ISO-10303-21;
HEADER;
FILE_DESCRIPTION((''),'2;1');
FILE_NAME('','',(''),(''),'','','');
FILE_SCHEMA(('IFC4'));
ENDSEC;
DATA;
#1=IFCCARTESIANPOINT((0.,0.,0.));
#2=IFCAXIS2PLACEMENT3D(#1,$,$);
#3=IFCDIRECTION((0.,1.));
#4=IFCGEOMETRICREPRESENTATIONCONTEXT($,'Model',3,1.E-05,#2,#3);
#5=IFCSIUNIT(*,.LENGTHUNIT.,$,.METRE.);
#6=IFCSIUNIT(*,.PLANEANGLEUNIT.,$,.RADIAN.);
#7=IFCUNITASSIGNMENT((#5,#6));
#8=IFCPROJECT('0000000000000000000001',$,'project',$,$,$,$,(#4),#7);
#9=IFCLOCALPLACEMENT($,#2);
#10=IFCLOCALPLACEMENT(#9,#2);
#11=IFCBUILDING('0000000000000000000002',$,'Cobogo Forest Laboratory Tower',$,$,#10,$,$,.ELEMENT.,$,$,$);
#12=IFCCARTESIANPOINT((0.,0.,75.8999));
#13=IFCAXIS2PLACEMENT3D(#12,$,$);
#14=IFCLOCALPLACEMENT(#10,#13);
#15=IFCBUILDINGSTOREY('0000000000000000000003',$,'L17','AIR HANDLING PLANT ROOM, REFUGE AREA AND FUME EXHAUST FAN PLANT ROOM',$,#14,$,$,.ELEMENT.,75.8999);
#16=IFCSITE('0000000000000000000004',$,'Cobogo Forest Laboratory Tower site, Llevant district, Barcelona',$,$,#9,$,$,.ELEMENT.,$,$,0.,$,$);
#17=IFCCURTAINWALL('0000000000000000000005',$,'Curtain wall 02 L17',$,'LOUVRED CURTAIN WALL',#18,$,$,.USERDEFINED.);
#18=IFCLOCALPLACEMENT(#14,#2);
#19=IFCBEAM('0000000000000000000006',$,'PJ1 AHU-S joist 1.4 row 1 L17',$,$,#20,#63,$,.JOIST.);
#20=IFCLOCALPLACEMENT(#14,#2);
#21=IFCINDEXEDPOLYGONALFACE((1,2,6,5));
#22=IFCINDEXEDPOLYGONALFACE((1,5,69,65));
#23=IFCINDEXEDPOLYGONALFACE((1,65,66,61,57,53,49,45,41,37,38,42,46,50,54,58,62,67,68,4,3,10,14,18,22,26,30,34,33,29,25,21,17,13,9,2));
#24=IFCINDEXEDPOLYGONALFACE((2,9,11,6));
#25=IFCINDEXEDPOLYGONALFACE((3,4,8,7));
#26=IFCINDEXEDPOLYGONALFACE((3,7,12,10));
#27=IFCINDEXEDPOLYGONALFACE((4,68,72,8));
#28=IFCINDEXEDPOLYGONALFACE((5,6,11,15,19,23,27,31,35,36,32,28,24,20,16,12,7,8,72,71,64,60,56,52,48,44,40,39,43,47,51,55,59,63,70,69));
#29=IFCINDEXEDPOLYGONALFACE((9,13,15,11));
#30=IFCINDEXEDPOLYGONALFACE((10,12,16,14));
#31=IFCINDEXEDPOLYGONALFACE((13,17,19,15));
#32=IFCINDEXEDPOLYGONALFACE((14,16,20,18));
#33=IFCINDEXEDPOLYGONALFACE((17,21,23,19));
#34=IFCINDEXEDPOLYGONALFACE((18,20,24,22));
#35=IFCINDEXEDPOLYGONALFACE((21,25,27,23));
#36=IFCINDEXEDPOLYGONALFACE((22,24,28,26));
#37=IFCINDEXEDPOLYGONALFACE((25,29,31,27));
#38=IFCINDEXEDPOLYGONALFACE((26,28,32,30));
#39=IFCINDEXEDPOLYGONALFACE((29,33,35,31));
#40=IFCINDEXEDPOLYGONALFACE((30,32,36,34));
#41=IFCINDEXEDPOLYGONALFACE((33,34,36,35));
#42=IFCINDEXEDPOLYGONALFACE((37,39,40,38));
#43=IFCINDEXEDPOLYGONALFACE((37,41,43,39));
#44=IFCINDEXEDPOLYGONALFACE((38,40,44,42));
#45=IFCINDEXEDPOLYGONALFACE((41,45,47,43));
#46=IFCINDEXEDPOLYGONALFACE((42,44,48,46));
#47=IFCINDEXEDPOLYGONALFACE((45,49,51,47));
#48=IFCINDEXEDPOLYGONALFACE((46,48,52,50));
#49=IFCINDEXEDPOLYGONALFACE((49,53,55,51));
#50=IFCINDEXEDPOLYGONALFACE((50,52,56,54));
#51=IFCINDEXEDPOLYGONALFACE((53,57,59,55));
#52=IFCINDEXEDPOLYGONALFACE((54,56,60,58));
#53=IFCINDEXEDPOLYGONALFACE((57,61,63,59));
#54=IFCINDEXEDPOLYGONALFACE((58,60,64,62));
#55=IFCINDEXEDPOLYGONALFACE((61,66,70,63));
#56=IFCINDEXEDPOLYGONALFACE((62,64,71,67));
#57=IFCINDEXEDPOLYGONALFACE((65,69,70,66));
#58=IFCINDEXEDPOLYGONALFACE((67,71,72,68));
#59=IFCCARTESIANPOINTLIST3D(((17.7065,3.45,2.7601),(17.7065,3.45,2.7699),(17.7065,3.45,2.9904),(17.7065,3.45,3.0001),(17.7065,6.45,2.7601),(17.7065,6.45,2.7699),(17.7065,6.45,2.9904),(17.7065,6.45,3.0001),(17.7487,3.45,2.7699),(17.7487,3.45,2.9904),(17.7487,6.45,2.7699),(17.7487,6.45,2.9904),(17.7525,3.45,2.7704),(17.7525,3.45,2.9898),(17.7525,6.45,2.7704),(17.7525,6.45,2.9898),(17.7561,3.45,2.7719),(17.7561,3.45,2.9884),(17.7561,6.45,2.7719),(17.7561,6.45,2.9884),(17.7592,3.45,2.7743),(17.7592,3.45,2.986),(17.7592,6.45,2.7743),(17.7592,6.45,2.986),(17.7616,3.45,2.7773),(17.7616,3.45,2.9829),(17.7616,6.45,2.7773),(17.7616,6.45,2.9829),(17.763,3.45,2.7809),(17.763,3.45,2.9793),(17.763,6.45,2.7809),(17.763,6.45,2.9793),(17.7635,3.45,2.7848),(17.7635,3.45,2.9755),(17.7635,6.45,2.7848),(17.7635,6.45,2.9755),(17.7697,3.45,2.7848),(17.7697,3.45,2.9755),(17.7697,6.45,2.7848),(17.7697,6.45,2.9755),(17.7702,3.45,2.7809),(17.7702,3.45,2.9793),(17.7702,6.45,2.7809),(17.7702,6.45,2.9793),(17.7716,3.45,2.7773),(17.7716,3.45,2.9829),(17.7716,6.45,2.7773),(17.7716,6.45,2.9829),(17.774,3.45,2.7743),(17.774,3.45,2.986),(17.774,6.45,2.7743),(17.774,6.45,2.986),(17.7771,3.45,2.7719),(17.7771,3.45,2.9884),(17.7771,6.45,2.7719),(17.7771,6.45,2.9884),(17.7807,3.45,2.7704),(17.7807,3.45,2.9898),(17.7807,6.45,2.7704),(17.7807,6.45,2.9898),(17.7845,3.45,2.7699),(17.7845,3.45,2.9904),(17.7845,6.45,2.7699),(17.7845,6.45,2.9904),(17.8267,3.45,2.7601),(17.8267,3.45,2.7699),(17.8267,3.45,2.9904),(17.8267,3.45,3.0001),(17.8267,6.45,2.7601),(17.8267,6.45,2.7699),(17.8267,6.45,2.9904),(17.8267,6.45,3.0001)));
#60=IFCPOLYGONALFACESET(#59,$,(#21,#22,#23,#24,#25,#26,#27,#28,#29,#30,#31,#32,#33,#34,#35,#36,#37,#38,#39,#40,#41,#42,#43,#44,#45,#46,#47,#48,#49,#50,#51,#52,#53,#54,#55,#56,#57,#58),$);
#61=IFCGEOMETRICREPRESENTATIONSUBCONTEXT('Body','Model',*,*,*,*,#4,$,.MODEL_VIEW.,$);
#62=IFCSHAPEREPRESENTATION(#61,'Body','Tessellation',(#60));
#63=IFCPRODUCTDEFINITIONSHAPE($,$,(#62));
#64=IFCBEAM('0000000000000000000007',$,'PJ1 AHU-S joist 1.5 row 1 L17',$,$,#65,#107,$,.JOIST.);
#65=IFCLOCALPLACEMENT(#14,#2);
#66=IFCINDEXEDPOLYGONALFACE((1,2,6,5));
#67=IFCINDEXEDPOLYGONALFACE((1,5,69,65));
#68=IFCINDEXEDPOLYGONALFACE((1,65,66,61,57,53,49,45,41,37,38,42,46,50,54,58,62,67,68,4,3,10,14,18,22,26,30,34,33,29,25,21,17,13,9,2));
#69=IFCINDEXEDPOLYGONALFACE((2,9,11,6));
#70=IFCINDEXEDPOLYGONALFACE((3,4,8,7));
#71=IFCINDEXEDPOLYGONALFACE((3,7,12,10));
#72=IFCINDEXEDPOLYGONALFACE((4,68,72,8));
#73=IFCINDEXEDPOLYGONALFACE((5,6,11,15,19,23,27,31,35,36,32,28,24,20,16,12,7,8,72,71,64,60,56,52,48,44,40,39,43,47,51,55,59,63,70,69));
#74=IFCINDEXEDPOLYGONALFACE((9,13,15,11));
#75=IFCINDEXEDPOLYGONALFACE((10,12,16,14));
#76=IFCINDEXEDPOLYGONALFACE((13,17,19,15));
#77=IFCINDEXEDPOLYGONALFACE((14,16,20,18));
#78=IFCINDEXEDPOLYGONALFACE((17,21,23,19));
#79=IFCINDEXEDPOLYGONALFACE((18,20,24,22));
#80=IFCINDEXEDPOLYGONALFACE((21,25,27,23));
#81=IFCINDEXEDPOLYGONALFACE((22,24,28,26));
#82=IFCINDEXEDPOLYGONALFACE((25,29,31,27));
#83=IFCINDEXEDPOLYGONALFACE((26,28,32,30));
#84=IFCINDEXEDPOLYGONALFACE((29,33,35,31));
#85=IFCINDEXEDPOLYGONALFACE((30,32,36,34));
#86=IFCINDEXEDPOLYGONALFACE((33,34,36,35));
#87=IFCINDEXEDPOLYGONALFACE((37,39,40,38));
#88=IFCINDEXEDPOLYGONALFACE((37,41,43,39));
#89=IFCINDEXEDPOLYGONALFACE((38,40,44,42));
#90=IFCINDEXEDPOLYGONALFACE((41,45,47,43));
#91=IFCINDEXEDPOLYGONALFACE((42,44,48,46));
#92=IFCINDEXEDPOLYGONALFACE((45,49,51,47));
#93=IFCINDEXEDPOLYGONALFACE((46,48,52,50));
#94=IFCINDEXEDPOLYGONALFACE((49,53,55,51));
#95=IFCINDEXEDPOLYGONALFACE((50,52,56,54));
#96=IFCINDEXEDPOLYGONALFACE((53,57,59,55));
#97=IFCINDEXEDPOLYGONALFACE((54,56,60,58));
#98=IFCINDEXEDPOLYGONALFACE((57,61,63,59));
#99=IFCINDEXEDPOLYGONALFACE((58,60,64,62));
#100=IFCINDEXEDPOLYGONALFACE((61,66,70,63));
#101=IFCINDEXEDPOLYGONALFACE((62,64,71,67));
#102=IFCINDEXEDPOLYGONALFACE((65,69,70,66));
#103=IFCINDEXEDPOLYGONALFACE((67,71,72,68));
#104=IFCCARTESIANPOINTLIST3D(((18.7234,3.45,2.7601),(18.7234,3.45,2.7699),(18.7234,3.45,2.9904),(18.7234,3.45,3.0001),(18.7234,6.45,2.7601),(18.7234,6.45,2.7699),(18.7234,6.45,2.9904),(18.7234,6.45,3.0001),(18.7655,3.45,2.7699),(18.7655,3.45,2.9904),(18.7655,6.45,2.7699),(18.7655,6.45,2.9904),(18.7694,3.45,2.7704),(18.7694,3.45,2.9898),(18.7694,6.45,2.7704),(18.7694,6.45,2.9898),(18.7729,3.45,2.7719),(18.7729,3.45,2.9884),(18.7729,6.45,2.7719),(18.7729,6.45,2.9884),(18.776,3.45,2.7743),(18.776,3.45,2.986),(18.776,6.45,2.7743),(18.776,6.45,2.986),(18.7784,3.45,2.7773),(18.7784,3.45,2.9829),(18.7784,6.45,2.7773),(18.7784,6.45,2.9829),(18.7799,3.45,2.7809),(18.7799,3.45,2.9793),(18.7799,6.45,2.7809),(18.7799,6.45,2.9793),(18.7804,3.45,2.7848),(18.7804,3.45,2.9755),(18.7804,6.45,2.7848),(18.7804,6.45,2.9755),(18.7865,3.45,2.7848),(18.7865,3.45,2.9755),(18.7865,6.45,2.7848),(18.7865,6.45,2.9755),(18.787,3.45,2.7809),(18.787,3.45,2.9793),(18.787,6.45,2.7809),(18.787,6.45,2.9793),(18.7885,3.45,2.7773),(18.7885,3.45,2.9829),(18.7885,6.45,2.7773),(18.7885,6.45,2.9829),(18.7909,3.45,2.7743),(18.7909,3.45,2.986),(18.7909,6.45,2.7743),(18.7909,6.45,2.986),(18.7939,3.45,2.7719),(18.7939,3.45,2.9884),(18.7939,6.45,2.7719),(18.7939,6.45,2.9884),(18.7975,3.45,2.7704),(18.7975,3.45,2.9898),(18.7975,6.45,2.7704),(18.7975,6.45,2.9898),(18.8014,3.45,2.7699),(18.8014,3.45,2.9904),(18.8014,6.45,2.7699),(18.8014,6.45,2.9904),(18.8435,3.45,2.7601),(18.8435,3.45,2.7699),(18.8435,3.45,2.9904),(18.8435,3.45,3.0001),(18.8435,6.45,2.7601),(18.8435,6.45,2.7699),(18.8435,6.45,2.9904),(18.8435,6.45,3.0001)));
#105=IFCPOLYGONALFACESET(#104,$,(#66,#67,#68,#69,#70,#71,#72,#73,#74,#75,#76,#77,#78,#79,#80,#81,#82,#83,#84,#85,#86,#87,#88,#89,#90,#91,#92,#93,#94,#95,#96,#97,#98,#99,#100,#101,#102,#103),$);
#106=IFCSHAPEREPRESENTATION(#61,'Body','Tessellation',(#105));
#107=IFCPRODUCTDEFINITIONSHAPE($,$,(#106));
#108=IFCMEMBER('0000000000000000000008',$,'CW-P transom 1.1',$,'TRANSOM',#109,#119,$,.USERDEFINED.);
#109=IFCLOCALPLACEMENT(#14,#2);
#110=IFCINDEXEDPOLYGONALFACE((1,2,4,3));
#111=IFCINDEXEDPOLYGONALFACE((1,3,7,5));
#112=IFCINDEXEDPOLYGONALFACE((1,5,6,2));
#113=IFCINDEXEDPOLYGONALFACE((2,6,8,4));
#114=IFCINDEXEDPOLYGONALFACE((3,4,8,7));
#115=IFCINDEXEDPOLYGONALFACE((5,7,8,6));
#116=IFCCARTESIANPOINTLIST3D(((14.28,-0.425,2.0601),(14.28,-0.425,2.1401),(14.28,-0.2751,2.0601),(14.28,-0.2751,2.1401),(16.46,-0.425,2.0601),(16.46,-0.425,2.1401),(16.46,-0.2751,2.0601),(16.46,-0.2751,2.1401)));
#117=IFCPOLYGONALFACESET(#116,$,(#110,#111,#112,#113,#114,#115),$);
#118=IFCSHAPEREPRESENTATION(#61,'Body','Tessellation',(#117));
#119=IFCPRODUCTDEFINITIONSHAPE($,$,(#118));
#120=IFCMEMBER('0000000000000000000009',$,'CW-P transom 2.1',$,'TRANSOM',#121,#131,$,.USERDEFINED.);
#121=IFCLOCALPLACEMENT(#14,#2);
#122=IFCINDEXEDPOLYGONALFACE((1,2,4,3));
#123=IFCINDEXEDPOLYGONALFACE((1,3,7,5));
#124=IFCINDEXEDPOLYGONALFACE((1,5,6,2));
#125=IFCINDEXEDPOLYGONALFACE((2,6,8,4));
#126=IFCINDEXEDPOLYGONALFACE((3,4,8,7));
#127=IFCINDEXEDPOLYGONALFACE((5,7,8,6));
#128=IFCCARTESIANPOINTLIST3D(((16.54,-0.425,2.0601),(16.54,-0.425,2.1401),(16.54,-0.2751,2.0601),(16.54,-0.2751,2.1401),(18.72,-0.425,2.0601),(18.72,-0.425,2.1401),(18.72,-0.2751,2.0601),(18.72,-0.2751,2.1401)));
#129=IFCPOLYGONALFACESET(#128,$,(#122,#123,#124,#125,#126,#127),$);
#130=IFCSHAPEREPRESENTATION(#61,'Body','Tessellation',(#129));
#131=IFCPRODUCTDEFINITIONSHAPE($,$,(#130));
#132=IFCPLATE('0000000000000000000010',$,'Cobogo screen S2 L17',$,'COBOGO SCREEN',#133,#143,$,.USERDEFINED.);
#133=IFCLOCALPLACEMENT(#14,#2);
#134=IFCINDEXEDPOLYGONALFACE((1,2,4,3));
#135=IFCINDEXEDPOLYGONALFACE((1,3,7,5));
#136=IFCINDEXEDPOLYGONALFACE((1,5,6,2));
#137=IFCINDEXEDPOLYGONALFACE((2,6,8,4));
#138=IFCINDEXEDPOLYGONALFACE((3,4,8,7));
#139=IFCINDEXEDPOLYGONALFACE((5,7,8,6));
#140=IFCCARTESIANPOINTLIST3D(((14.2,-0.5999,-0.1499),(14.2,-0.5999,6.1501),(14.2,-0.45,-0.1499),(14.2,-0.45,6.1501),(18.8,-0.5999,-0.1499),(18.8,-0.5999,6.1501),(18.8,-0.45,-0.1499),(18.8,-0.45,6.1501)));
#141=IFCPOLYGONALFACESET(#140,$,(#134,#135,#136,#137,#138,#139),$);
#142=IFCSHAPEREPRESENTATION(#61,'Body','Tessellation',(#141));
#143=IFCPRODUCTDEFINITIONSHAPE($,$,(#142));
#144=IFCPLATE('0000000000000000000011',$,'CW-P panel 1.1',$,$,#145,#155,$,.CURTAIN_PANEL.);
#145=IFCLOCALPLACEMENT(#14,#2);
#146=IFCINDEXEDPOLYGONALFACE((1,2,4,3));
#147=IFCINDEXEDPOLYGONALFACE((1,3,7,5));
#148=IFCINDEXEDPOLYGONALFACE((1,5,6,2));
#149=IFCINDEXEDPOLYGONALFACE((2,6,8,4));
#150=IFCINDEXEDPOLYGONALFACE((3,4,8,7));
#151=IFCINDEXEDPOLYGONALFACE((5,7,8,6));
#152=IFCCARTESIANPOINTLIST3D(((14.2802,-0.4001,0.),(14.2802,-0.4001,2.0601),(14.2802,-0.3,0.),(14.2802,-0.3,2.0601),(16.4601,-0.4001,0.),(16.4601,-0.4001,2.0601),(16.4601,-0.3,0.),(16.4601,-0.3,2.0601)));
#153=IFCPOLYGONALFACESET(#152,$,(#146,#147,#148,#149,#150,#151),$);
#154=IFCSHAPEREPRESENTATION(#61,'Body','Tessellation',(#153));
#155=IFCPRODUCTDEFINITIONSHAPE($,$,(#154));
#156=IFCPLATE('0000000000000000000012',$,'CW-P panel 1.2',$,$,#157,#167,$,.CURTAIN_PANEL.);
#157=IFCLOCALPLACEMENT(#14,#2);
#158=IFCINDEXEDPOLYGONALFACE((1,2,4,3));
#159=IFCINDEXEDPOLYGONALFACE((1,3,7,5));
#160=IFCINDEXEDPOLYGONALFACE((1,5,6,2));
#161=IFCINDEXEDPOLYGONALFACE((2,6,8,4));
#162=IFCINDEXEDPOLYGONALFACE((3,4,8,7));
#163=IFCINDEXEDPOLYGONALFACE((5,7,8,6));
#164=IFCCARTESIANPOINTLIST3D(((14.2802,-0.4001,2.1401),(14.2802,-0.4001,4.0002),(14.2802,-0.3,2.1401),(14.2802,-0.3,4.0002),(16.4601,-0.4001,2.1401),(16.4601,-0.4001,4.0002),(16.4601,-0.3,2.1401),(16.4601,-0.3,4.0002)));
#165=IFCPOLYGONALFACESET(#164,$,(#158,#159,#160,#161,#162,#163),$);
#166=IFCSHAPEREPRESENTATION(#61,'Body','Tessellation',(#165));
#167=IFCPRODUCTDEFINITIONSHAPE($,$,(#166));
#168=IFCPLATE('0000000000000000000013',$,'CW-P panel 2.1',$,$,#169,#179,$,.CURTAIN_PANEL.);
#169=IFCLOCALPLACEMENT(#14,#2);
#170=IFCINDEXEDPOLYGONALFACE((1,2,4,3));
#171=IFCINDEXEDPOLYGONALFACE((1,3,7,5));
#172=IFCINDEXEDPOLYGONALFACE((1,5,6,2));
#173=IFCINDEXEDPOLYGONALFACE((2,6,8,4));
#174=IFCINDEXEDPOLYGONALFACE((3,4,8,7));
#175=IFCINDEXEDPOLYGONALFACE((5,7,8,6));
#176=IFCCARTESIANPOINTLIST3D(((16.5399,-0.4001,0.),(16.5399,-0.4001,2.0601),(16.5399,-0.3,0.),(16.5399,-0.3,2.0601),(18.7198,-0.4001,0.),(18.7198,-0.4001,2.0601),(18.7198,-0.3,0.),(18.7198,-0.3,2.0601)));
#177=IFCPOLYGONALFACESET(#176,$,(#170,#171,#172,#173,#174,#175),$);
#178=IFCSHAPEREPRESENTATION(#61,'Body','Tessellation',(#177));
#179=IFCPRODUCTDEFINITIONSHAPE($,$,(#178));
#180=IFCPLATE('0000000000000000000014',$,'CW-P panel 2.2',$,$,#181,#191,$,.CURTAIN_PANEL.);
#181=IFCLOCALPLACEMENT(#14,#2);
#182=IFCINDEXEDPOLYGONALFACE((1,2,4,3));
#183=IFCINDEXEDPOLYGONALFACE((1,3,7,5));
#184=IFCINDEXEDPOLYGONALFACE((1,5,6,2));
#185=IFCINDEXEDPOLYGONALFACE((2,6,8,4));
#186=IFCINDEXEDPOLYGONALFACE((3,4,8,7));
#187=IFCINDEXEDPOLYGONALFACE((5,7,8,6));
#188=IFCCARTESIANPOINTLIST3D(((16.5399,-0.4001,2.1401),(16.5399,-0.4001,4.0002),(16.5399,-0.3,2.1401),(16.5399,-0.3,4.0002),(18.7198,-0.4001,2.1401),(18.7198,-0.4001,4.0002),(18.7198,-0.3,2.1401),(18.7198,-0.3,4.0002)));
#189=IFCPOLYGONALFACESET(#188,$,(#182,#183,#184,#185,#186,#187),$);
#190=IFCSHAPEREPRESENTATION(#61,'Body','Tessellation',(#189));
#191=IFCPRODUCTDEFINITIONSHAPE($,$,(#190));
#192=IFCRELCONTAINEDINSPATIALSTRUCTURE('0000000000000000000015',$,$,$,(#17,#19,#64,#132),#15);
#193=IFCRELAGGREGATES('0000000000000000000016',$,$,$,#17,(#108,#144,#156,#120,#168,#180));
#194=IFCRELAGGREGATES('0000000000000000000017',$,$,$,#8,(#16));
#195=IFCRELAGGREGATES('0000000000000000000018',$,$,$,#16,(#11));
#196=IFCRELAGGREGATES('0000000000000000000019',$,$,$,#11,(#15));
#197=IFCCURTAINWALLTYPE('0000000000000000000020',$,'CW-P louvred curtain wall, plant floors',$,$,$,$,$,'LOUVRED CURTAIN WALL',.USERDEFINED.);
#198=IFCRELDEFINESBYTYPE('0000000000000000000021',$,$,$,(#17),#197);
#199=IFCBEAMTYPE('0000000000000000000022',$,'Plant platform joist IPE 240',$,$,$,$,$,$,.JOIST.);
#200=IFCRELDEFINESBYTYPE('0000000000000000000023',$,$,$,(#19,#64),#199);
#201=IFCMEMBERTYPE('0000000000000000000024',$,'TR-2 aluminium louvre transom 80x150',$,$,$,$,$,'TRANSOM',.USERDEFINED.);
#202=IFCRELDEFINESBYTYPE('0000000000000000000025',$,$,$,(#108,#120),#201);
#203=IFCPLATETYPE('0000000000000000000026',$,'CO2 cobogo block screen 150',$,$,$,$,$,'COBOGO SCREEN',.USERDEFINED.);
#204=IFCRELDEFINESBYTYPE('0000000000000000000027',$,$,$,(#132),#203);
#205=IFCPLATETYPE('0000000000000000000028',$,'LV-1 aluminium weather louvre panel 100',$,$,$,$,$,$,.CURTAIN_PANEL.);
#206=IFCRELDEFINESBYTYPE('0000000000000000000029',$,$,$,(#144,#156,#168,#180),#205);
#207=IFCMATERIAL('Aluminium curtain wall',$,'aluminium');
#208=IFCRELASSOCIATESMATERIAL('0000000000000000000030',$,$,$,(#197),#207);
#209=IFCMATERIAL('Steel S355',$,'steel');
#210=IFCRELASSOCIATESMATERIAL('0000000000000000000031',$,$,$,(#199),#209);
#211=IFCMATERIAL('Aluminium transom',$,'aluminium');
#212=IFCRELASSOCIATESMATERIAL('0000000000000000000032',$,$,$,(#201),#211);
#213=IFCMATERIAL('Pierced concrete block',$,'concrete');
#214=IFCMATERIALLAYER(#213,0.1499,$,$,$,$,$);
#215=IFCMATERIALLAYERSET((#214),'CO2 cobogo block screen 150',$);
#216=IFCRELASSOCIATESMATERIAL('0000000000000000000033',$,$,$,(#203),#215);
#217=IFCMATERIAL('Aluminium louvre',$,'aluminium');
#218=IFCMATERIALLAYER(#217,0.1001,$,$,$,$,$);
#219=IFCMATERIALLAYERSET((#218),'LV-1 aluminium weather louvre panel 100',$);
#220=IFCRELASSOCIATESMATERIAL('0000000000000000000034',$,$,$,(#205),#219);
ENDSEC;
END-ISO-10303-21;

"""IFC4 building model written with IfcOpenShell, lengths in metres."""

from ifc_helpers import new_model, si_unit, direction, frame, origin, origin_2d, place, context, subcontext, project, spatial, rectangle, i_section, extrude, material, layer, layer_set, material_profile, profile_set, type_object, element, aggregate, save


model = new_model("IFC4")

# Units and contexts
model_context = context("Model", 3, precision=1e-05, world=origin(), true_north=direction((0.0, 1.0)))
body_context = subcontext(model_context, "Body", "Model", "MODEL_VIEW")
ifc_project = project(units=[si_unit("LENGTHUNIT", "METRE"), si_unit("PLANEANGLEUNIT", "RADIAN")], contexts=[model_context])

# Site, building, storey
site_placement = place(None, origin())
site = spatial("IfcSite", under=ifc_project, at=site_placement, Name="Cobogo Forest Laboratory Tower site, Llevant district, Barcelona", CompositionType="ELEMENT", RefElevation=0.0)
building_placement = place(site_placement, origin())
building = spatial("IfcBuilding", under=site, at=building_placement, Name="Cobogo Forest Laboratory Tower", CompositionType="ELEMENT")
storey_placement = place(building_placement, frame((0.0, 0.0, 75.8999)))
storey = spatial("IfcBuildingStorey", under=building, at=storey_placement, Name="L17", Description="AIR HANDLING PLANT ROOM, REFUGE AREA AND FUME EXHAUST FAN PLANT ROOM", CompositionType="ELEMENT", Elevation=75.8999)

# Curtain wall
ifc_material_1 = material(Name="Aluminium curtain wall", Category="aluminium")
curtain_wall_type = type_object("IfcCurtainWallType", Name="CW-P louvred curtain wall, plant floors", ElementType="LOUVRED CURTAIN WALL", PredefinedType="USERDEFINED", material=ifc_material_1)
curtain_wall_placement = place(storey_placement, origin())
curtain_wall = element("IfcCurtainWall", 1, at=curtain_wall_placement, inside=storey, type_object=curtain_wall_type, Name="Curtain wall 02 L17", ObjectType="LOUVRED CURTAIN WALL", PredefinedType="USERDEFINED")

# Beams
ifc_material_2 = material(Name="Steel S355", Category="steel")
ifc_material_profile_1 = material_profile(ifc_material_2, i_section(OverallWidth=0.1201, OverallDepth=0.24, WebThickness=0.0061, FlangeThickness=0.0098, FilletRadius=0.0149, at=origin_2d()), Name="IPE 240")
ifc_profile_set_1 = profile_set([ifc_material_profile_1], Name="Steel S355")
beam_type_1 = type_object("IfcBeamType", Name="Plant platform joist IPE 240", PredefinedType="JOIST", material=ifc_profile_set_1)
for number, where, z_axis, x_axis, name in (
    (2, (17.7666, 3.45, 2.8801), (0.0, 1.0, 0.0), (-1.0, 0.0, 0.0), "PJ1 AHU-S joist 1.4 row 1 L17"),
    (3, (18.7834, 3.45, 2.8801), (0.0, 1.0, 0.0), (-1.0, 0.0, 0.0), "PJ1 AHU-S joist 1.5 row 1 L17"),
):
    element("IfcBeam", number, at=place(storey_placement, frame(where, z_axis=z_axis, x_axis=x_axis)), inside=storey, type_object=beam_type_1, Name=name, PredefinedType="JOIST", context=body_context, shape_type="SweptSolid", body=[
        extrude(i_section(OverallWidth=0.1201, OverallDepth=0.24, WebThickness=0.0061, FlangeThickness=0.0098, FilletRadius=0.0149, at=origin_2d()), origin(), (0.0, 0.0, 1.0), 3.0),
    ])

# Members
ifc_material_3 = material(Name="Aluminium transom", Category="aluminium")
ifc_material_profile_2 = material_profile(ifc_material_3, rectangle(XDim=0.1499, YDim=0.0801, at=origin_2d()), Name="AL 80x150")
ifc_profile_set_2 = profile_set([ifc_material_profile_2], Name="Aluminium transom")
member_type_1 = type_object("IfcMemberType", Name="TR-2 aluminium louvre transom 80x150", ElementType="TRANSOM", PredefinedType="USERDEFINED", material=ifc_profile_set_2)
member_1_placement = place(storey_placement, frame((14.28, -0.3501, 2.1001), z_axis=(1.0, 0.0, 0.0), x_axis=(0.0, 1.0, 0.0)))
member_1 = element("IfcMember", 4, at=member_1_placement, type_object=member_type_1, Name="CW-P transom 1.1", ObjectType="TRANSOM", PredefinedType="USERDEFINED", context=body_context, shape_type="SweptSolid", body=[
    extrude(rectangle(XDim=0.1499, YDim=0.0801, at=origin_2d()), origin(), (0.0, 0.0, 1.0), 2.1799),
])
member_2_placement = place(storey_placement, frame((16.54, -0.3501, 2.1001), z_axis=(1.0, 0.0, 0.0), x_axis=(0.0, 1.0, 0.0)))
member_2 = element("IfcMember", 5, at=member_2_placement, type_object=member_type_1, Name="CW-P transom 2.1", ObjectType="TRANSOM", PredefinedType="USERDEFINED", context=body_context, shape_type="SweptSolid", body=[
    extrude(rectangle(XDim=0.1499, YDim=0.0801, at=origin_2d()), origin(), (0.0, 0.0, 1.0), 2.1799),
])

# Plates
ifc_material_4 = material(Name="Pierced concrete block", Category="concrete")
ifc_layer_1 = layer(ifc_material_4, 0.1499)
ifc_layer_set_1 = layer_set([ifc_layer_1], Name="CO2 cobogo block screen 150")
plate_type_1 = type_object("IfcPlateType", Name="CO2 cobogo block screen 150", ElementType="COBOGO SCREEN", PredefinedType="USERDEFINED", material=ifc_layer_set_1)
plate_1_placement = place(storey_placement, frame((16.5, -0.5249, -0.1499), z_axis=(0.0, 0.0, 1.0), x_axis=(1.0, 0.0, 0.0)))
element("IfcPlate", 6, at=plate_1_placement, inside=storey, type_object=plate_type_1, Name="Cobogo screen S2 L17", ObjectType="COBOGO SCREEN", PredefinedType="USERDEFINED", context=body_context, shape_type="SweptSolid", body=[
    extrude(rectangle(XDim=4.6001, YDim=0.1499, at=origin_2d()), origin(), (0.0, 0.0, 1.0), 6.3),
])
ifc_material_5 = material(Name="Aluminium louvre", Category="aluminium")
ifc_layer_2 = layer(ifc_material_5, 0.1001)
ifc_layer_set_2 = layer_set([ifc_layer_2], Name="LV-1 aluminium weather louvre panel 100")
plate_type_2 = type_object("IfcPlateType", Name="LV-1 aluminium weather louvre panel 100", PredefinedType="CURTAIN_PANEL", material=ifc_layer_set_2)
plate_2_placement = place(storey_placement, frame((15.3701, -0.3501, 0.0), z_axis=(0.0, 0.0, 1.0), x_axis=(1.0, 0.0, 0.0)))
plate_2 = element("IfcPlate", 7, at=plate_2_placement, type_object=plate_type_2, Name="CW-P panel 1.1", PredefinedType="CURTAIN_PANEL", context=body_context, shape_type="SweptSolid", body=[
    extrude(rectangle(XDim=2.1799, YDim=0.1001, at=origin_2d()), origin(), (0.0, 0.0, 1.0), 2.0601),
])
plate_3_placement = place(storey_placement, frame((15.3701, -0.3501, 2.1401), z_axis=(0.0, 0.0, 1.0), x_axis=(1.0, 0.0, 0.0)))
plate_3 = element("IfcPlate", 8, at=plate_3_placement, type_object=plate_type_2, Name="CW-P panel 1.2", PredefinedType="CURTAIN_PANEL", context=body_context, shape_type="SweptSolid", body=[
    extrude(rectangle(XDim=2.1799, YDim=0.1001, at=origin_2d()), origin(), (0.0, 0.0, 1.0), 1.8601),
])
plate_4_placement = place(storey_placement, frame((17.6299, -0.3501, 0.0), z_axis=(0.0, 0.0, 1.0), x_axis=(1.0, 0.0, 0.0)))
plate_4 = element("IfcPlate", 9, at=plate_4_placement, type_object=plate_type_2, Name="CW-P panel 2.1", PredefinedType="CURTAIN_PANEL", context=body_context, shape_type="SweptSolid", body=[
    extrude(rectangle(XDim=2.1799, YDim=0.1001, at=origin_2d()), origin(), (0.0, 0.0, 1.0), 2.0601),
])
plate_5_placement = place(storey_placement, frame((17.6299, -0.3501, 2.1401), z_axis=(0.0, 0.0, 1.0), x_axis=(1.0, 0.0, 0.0)))
plate_5 = element("IfcPlate", 10, at=plate_5_placement, type_object=plate_type_2, Name="CW-P panel 2.2", PredefinedType="CURTAIN_PANEL", context=body_context, shape_type="SweptSolid", body=[
    extrude(rectangle(XDim=2.1799, YDim=0.1001, at=origin_2d()), origin(), (0.0, 0.0, 1.0), 1.8601),
])
aggregate(curtain_wall, [member_1, plate_2, plate_3, member_2, plate_4, plate_5])

save(model, "model.ifc")
